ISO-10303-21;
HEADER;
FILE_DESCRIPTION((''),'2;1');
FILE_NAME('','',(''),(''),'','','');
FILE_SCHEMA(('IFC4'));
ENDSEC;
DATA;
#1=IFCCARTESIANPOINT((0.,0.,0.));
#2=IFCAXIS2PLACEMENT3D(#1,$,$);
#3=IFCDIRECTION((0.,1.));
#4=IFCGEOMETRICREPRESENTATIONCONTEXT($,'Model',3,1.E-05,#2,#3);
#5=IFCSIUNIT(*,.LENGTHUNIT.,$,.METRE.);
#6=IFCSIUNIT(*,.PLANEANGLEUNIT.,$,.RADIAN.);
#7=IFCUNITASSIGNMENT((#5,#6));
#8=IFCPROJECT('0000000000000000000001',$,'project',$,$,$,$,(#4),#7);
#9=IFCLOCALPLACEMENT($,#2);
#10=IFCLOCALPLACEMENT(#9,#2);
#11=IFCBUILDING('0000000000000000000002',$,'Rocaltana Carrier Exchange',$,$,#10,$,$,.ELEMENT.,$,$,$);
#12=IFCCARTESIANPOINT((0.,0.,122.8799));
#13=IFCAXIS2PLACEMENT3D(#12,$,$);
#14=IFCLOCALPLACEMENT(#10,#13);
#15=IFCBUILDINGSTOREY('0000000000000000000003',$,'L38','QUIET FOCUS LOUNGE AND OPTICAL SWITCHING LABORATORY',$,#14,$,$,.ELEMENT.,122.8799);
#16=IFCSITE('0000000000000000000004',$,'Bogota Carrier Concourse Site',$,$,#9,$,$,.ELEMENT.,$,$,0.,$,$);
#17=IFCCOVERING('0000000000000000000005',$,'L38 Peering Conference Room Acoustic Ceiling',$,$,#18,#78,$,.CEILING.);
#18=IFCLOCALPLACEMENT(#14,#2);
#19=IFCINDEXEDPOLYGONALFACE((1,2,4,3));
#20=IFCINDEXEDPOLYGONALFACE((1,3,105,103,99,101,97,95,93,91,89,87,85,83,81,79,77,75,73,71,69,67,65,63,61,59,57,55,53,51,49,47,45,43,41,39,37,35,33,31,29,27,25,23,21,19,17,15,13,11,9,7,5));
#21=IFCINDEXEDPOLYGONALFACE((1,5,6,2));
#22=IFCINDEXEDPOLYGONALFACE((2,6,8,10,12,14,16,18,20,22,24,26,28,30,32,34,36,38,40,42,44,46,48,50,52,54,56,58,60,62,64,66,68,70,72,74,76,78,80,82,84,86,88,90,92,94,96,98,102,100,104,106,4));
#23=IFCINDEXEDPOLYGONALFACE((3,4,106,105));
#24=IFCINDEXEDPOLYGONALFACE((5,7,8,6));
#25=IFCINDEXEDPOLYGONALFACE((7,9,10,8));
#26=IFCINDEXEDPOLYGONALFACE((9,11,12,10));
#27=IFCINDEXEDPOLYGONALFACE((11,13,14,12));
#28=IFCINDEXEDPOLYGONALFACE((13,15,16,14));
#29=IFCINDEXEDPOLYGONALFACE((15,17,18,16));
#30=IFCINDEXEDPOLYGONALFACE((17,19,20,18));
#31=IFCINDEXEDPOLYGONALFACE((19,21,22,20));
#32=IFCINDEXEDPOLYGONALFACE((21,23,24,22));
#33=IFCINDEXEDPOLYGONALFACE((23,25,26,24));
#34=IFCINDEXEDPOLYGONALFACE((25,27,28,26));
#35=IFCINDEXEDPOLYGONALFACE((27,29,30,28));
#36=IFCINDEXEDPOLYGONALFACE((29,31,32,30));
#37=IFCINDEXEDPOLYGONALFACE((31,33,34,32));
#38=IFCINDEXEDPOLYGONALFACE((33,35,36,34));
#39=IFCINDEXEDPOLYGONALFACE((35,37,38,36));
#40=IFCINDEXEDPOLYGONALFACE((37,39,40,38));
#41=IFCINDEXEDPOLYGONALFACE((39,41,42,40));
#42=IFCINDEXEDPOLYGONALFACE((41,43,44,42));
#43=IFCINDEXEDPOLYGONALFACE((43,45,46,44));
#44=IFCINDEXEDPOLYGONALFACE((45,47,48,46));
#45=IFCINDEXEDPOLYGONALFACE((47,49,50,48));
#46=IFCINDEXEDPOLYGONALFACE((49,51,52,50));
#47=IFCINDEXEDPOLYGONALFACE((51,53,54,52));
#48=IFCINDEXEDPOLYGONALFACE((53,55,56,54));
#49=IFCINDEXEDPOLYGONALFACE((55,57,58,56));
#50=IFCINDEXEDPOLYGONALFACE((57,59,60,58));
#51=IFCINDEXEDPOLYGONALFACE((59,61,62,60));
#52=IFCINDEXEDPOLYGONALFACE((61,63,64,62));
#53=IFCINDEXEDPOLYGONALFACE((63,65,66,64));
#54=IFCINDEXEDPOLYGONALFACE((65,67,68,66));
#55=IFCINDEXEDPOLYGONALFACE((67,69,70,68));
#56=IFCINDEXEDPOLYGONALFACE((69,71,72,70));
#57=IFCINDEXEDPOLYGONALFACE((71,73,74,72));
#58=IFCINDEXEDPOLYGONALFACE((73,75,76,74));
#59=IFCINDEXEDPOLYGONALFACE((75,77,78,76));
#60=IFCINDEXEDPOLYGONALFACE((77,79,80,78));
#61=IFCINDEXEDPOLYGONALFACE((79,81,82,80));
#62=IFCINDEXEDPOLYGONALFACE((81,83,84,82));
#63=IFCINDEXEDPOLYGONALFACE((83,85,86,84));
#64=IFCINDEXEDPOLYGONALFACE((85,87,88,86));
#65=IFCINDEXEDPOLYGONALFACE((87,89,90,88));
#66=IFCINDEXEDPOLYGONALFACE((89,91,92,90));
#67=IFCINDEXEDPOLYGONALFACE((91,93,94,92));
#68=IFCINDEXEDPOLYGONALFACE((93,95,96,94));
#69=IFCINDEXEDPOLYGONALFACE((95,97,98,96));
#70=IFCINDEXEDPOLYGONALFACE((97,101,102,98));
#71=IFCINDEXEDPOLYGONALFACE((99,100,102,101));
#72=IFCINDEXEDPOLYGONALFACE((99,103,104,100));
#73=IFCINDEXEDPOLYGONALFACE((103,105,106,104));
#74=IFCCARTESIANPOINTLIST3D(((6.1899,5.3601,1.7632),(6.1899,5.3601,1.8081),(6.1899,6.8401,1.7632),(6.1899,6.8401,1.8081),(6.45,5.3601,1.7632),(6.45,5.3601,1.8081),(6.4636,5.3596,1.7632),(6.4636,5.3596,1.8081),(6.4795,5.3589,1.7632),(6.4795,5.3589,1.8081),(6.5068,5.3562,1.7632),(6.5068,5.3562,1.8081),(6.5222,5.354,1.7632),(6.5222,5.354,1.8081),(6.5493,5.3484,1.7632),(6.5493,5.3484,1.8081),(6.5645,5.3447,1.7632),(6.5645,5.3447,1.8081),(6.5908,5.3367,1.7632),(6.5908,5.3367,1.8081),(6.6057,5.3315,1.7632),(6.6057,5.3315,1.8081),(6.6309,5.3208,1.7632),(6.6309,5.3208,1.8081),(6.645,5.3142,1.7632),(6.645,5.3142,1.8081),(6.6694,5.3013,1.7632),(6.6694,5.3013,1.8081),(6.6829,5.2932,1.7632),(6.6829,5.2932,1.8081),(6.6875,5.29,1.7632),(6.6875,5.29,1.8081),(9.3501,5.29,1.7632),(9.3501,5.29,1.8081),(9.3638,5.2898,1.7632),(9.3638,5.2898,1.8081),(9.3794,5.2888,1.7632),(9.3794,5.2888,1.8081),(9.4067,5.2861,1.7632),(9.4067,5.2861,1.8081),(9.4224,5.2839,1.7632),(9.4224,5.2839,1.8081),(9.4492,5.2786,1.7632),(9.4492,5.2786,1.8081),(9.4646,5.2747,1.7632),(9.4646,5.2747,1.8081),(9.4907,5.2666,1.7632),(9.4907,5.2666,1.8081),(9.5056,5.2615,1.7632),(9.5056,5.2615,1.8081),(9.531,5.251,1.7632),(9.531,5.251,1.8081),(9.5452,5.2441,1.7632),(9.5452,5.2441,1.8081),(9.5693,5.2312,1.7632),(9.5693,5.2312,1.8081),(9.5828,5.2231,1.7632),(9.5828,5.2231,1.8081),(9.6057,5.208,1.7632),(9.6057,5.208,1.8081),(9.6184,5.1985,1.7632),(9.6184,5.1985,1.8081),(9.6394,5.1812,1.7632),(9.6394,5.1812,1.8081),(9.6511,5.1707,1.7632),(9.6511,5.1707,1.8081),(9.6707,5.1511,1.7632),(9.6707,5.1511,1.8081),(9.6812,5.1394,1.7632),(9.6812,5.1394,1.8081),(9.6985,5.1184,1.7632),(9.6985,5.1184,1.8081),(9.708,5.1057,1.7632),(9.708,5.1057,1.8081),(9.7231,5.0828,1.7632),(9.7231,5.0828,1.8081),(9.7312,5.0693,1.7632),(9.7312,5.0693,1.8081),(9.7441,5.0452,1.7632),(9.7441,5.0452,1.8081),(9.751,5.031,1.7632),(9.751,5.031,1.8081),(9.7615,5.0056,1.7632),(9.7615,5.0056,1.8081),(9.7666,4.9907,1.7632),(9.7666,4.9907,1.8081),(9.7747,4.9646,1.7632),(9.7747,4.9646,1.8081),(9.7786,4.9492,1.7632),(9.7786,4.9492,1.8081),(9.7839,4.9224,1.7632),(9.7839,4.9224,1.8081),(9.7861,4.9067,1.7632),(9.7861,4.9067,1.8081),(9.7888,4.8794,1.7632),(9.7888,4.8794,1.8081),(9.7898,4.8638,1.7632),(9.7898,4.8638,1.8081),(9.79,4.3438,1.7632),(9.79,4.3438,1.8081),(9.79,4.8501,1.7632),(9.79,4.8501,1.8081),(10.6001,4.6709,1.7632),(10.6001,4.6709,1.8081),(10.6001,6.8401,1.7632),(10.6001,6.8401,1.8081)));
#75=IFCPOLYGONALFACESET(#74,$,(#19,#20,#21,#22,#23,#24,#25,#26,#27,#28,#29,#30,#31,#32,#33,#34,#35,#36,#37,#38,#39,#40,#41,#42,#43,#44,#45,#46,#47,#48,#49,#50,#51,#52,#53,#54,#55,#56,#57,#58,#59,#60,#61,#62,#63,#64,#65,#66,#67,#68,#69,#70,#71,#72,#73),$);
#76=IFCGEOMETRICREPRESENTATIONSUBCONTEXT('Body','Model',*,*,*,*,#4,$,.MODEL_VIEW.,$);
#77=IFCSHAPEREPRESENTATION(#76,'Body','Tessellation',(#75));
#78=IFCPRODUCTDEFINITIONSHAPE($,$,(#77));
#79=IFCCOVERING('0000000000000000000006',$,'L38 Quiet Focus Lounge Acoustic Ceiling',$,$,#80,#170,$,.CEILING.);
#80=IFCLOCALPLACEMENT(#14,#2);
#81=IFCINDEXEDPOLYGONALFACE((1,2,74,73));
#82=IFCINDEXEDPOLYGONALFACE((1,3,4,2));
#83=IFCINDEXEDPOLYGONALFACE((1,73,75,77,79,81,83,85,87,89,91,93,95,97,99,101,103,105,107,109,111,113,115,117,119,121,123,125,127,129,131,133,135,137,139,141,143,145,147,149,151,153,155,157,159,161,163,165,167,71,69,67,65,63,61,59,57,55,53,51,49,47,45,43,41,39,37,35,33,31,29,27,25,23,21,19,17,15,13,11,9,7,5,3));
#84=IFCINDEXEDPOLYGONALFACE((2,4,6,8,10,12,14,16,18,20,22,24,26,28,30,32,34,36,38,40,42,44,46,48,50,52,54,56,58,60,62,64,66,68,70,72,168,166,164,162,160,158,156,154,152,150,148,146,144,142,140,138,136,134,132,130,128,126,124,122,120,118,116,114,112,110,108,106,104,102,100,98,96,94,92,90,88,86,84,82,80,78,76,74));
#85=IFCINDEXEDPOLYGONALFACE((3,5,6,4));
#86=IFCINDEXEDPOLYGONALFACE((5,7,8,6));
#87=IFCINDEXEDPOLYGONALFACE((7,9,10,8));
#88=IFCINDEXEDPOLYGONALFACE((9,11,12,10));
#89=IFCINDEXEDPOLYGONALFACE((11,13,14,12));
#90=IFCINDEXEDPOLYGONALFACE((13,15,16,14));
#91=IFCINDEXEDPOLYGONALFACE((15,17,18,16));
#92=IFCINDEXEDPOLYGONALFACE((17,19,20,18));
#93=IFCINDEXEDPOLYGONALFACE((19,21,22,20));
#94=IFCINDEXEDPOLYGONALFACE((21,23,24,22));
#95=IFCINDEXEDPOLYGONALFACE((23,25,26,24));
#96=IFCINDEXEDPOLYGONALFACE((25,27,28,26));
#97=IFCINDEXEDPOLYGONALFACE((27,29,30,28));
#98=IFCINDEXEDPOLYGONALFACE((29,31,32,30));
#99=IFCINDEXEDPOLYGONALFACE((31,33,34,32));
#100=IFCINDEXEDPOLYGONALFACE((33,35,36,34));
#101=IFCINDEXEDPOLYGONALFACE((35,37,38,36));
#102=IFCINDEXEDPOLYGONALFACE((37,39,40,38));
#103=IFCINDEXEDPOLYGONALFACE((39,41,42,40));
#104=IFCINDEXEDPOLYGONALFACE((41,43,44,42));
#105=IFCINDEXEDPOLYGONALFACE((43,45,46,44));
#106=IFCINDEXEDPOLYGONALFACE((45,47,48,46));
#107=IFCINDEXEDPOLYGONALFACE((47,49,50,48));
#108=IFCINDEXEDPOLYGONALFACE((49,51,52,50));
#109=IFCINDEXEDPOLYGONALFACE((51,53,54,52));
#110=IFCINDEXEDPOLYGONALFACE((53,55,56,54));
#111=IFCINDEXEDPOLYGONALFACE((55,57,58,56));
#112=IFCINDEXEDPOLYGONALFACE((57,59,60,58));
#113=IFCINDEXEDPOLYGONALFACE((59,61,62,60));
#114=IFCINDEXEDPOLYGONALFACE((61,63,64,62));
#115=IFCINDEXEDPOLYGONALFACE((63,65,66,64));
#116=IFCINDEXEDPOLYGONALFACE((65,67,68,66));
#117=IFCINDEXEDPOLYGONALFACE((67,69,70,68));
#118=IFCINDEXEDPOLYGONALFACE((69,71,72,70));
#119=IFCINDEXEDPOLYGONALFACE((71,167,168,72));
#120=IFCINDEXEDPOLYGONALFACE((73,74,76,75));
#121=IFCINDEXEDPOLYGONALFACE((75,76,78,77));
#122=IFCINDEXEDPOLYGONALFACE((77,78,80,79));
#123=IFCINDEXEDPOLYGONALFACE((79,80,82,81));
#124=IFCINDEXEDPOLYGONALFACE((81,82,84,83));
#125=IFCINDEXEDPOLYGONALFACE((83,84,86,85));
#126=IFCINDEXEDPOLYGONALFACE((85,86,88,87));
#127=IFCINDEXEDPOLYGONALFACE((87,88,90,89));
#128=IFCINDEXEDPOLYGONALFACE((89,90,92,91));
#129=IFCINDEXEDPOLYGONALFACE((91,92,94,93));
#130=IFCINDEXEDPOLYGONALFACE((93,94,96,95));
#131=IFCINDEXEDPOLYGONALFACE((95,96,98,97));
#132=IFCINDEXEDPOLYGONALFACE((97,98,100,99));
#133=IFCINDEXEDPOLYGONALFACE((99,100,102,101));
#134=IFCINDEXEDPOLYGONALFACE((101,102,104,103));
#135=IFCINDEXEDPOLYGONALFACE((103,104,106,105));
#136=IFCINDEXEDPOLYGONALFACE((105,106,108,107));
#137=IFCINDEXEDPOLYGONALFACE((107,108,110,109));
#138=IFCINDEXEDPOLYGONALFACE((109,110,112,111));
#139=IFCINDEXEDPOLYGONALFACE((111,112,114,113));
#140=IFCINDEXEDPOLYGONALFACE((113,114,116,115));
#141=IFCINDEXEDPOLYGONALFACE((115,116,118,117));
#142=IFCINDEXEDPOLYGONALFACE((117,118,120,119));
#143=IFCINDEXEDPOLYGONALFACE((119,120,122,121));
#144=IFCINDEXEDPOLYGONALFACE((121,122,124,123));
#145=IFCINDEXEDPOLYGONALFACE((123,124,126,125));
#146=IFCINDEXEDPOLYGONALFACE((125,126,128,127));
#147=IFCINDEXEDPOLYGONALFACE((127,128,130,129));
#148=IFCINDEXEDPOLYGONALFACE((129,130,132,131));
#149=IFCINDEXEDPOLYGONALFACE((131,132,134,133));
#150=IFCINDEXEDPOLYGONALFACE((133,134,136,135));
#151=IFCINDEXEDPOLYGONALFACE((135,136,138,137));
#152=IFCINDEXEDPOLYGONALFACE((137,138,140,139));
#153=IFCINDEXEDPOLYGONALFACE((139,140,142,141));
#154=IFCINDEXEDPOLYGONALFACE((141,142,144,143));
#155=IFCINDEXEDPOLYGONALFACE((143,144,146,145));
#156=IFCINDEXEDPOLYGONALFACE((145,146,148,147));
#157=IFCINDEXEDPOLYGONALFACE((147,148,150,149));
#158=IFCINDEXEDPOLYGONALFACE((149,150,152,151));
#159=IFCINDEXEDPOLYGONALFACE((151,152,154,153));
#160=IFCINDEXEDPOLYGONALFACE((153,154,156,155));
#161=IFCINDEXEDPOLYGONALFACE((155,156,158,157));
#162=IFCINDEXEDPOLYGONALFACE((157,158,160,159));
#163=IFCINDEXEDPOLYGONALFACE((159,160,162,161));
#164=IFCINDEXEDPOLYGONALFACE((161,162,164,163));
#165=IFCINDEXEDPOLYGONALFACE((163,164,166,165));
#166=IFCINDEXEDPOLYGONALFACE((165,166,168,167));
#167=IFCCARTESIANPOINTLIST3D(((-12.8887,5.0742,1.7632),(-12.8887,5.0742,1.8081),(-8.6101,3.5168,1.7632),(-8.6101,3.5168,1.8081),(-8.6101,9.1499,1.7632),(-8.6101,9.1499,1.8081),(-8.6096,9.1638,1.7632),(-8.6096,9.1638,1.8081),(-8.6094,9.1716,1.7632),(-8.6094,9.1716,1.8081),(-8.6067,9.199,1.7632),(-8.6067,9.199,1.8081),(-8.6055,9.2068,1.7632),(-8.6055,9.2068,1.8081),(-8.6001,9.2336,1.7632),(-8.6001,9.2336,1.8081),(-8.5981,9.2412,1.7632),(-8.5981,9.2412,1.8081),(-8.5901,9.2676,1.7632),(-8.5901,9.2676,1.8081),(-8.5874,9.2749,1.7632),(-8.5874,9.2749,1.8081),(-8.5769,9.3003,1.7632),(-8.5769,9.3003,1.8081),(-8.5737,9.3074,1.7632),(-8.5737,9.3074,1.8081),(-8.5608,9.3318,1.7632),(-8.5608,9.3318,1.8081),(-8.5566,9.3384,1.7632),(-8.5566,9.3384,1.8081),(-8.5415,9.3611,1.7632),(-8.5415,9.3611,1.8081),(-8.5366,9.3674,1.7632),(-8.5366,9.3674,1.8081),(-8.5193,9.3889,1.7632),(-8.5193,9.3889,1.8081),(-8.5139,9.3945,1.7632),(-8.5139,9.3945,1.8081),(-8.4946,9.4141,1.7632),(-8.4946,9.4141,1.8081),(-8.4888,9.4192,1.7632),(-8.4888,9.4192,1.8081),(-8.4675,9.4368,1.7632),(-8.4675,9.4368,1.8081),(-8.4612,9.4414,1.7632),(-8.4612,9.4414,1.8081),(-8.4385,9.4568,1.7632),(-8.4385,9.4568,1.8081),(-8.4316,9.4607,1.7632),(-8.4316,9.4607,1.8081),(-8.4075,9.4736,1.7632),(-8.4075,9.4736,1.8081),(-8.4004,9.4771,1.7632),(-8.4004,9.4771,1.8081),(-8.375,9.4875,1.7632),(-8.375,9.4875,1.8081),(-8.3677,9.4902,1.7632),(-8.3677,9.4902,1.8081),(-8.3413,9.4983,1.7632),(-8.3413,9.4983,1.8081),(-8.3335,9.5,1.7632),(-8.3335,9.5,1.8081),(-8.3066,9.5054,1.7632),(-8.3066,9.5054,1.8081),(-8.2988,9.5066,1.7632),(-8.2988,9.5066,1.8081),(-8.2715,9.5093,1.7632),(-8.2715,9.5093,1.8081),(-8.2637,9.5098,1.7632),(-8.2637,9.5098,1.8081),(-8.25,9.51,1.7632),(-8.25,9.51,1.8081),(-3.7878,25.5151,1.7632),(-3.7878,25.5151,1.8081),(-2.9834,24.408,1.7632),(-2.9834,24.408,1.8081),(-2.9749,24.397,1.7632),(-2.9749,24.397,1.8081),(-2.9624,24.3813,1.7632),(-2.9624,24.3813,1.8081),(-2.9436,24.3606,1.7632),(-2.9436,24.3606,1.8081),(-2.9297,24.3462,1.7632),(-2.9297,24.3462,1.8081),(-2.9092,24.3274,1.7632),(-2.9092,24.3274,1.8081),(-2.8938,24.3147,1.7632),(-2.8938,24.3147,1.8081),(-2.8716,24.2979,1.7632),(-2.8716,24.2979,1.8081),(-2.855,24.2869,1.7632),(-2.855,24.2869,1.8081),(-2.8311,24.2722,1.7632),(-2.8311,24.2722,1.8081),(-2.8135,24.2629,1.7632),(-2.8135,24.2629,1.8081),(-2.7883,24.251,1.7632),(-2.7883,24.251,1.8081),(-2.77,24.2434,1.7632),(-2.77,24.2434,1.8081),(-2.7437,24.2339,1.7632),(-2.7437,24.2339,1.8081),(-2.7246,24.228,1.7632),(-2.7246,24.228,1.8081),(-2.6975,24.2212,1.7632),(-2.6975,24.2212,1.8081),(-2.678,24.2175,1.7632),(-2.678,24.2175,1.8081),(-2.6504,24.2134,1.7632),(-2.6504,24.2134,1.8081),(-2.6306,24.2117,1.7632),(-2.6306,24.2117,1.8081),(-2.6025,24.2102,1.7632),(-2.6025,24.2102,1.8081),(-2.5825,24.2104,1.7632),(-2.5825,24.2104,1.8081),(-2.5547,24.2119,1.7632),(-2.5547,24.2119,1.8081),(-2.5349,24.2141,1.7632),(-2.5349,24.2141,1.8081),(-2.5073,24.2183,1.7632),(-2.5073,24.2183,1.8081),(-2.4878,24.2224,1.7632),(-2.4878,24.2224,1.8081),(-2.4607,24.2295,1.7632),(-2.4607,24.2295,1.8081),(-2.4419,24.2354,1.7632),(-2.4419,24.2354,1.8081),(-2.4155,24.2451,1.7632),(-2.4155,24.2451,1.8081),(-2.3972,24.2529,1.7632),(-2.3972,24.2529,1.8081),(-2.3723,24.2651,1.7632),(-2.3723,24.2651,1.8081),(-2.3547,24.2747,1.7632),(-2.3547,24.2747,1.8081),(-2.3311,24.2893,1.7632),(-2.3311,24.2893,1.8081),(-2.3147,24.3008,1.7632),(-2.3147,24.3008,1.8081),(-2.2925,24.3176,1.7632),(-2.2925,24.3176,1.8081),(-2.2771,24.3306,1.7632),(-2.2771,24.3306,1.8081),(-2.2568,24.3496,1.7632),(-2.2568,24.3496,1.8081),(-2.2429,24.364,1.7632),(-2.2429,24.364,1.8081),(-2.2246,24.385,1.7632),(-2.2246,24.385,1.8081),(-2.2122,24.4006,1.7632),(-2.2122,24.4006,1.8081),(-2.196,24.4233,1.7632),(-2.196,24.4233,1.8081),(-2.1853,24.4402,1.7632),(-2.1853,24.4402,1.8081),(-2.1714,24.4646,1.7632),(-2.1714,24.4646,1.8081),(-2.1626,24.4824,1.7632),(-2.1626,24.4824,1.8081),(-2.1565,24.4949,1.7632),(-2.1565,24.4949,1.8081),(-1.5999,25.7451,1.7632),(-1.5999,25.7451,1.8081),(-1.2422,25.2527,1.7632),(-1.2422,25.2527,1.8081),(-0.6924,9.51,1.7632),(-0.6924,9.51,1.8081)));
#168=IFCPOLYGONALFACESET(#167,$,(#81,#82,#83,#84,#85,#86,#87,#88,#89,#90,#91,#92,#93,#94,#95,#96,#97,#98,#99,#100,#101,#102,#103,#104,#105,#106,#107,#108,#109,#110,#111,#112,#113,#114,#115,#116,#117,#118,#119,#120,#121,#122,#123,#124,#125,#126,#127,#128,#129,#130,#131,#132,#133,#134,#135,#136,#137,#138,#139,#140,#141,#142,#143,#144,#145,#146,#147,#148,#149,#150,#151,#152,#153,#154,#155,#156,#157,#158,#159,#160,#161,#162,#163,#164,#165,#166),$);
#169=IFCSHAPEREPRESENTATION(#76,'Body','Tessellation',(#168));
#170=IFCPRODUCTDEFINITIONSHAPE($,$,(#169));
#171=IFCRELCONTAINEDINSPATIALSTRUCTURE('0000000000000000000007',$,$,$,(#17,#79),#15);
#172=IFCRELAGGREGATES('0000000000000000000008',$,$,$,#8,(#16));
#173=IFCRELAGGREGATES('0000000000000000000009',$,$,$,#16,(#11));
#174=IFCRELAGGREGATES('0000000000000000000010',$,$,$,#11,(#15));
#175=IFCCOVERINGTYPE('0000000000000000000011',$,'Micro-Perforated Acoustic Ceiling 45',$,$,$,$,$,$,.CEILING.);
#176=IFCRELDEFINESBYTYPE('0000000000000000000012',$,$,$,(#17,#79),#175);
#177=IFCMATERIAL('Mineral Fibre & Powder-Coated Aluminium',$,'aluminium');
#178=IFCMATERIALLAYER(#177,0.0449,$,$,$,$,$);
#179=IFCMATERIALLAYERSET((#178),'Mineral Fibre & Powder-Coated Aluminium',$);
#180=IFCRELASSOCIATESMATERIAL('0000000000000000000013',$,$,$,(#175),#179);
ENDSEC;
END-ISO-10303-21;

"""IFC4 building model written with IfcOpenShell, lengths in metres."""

from ifc_helpers import new_model, si_unit, direction, frame, origin, place, context, subcontext, project, spatial, polyline, outline, extrude, material, layer, layer_set, type_object, element, save


model = new_model("IFC4")

# Units and contexts
model_context = context("Model", 3, precision=1e-05, world=origin(), true_north=direction((0.0, 1.0)))
body_context = subcontext(model_context, "Body", "Model", "MODEL_VIEW")
ifc_project = project(units=[si_unit("LENGTHUNIT", "METRE"), si_unit("PLANEANGLEUNIT", "RADIAN")], contexts=[model_context])

# Site, building, storey
site_placement = place(None, origin())
site = spatial("IfcSite", under=ifc_project, at=site_placement, Name="Bogota Carrier Concourse Site", CompositionType="ELEMENT", RefElevation=0.0)
building_placement = place(site_placement, origin())
building = spatial("IfcBuilding", under=site, at=building_placement, Name="Rocaltana Carrier Exchange", CompositionType="ELEMENT")
storey_placement = place(building_placement, frame((0.0, 0.0, 122.8799)))
storey = spatial("IfcBuildingStorey", under=building, at=storey_placement, Name="L38", Description="QUIET FOCUS LOUNGE AND OPTICAL SWITCHING LABORATORY", CompositionType="ELEMENT", Elevation=122.8799)

# Coverings
ifc_material_1 = material(Name="Mineral Fibre & Powder-Coated Aluminium", Category="aluminium")
ifc_layer_1 = layer(ifc_material_1, 0.0449)
ifc_layer_set_1 = layer_set([ifc_layer_1], Name="Mineral Fibre & Powder-Coated Aluminium")
covering_type_1 = type_object("IfcCoveringType", Name="Micro-Perforated Acoustic Ceiling 45", PredefinedType="CEILING", material=ifc_layer_set_1)
covering_1_placement = place(storey_placement, frame((0.0, 0.0, 1.7632)))
element("IfcCovering", 1, at=covering_1_placement, inside=storey, type_object=covering_type_1, Name="L38 Peering Conference Room Acoustic Ceiling", PredefinedType="CEILING", context=body_context, shape_type="SweptSolid", body=[
    extrude(outline(polyline([(6.1899, 6.8401), (10.6001, 6.8401), (10.6001, 4.6709), (9.79, 4.3438), (9.79, 4.8501), (9.7898, 4.8638), (9.7888, 4.8794), (9.7861, 4.9067), (9.7839, 4.9224), (9.7786, 4.9492), (9.7747, 4.9646), (9.7666, 4.9907), (9.7615, 5.0056), (9.751, 5.031), (9.7441, 5.0452), (9.7312, 5.0693), (9.7231, 5.0828), (9.708, 5.1057), (9.6985, 5.1184), (9.6812, 5.1394), (9.6707, 5.1511), (9.6511, 5.1707), (9.6394, 5.1812), (9.6184, 5.1985), (9.6057, 5.208), (9.5828, 5.2231), (9.5693, 5.2312), (9.5452, 5.2441), (9.531, 5.251), (9.5056, 5.2615), (9.4907, 5.2666), (9.4646, 5.2747), (9.4492, 5.2786), (9.4224, 5.2839), (9.4067, 5.2861), (9.3794, 5.2888), (9.3638, 5.2898), (9.3501, 5.29), (6.6875, 5.29), (6.6829, 5.2932), (6.6694, 5.3013), (6.645, 5.3142), (6.6309, 5.3208), (6.6057, 5.3315), (6.5908, 5.3367), (6.5645, 5.3447), (6.5493, 5.3484), (6.5222, 5.354), (6.5068, 5.3562), (6.4795, 5.3589), (6.4636, 5.3596), (6.45, 5.3601), (6.1899, 5.3601), (6.1899, 6.8401)])), origin(), (0.0, 0.0, 1.0), 0.0449),
])
covering_2_placement = place(storey_placement, frame((0.0, 0.0, 1.7632)))
element("IfcCovering", 2, at=covering_2_placement, inside=storey, type_object=covering_type_1, Name="L38 Quiet Focus Lounge Acoustic Ceiling", PredefinedType="CEILING", context=body_context, shape_type="SweptSolid", body=[
    extrude(outline(polyline([(-3.7878, 25.5151), (-2.9834, 24.408), (-2.9749, 24.397), (-2.9624, 24.3813), (-2.9436, 24.3606), (-2.9297, 24.3462), (-2.9092, 24.3274), (-2.8938, 24.3147), (-2.8716, 24.2979), (-2.855, 24.2869), (-2.8311, 24.2722), (-2.8135, 24.2629), (-2.7883, 24.251), (-2.77, 24.2434), (-2.7437, 24.2339), (-2.7246, 24.228), (-2.6975, 24.2212), (-2.678, 24.2175), (-2.6504, 24.2134), (-2.6306, 24.2117), (-2.6025, 24.2102), (-2.5825, 24.2104), (-2.5547, 24.2119), (-2.5349, 24.2141), (-2.5073, 24.2183), (-2.4878, 24.2224), (-2.4607, 24.2295), (-2.4419, 24.2354), (-2.4155, 24.2451), (-2.3972, 24.2529), (-2.3723, 24.2651), (-2.3547, 24.2747), (-2.3311, 24.2893), (-2.3147, 24.3008), (-2.2925, 24.3176), (-2.2771, 24.3306), (-2.2568, 24.3496), (-2.2429, 24.364), (-2.2246, 24.385), (-2.2122, 24.4006), (-2.196, 24.4233), (-2.1853, 24.4402), (-2.1714, 24.4646), (-2.1626, 24.4824), (-2.1565, 24.4949), (-1.5999, 25.7451), (-1.2422, 25.2527), (-0.6924, 9.51), (-8.25, 9.51), (-8.2637, 9.5098), (-8.2715, 9.5093), (-8.2988, 9.5066), (-8.3066, 9.5054), (-8.3335, 9.5), (-8.3413, 9.4983), (-8.3677, 9.4902), (-8.375, 9.4875), (-8.4004, 9.4771), (-8.4075, 9.4736), (-8.4316, 9.4607), (-8.4385, 9.4568), (-8.4612, 9.4414), (-8.4675, 9.4368), (-8.4888, 9.4192), (-8.4946, 9.4141), (-8.5139, 9.3945), (-8.5193, 9.3889), (-8.5366, 9.3674), (-8.5415, 9.3611), (-8.5566, 9.3384), (-8.5608, 9.3318), (-8.5737, 9.3074), (-8.5769, 9.3003), (-8.5874, 9.2749), (-8.5901, 9.2676), (-8.5981, 9.2412), (-8.6001, 9.2336), (-8.6055, 9.2068), (-8.6067, 9.199), (-8.6094, 9.1716), (-8.6096, 9.1638), (-8.6101, 9.1499), (-8.6101, 3.5168), (-12.8887, 5.0742), (-3.7878, 25.5151)])), origin(), (0.0, 0.0, 1.0), 0.0449),
])

save(model, "model.ifc")
